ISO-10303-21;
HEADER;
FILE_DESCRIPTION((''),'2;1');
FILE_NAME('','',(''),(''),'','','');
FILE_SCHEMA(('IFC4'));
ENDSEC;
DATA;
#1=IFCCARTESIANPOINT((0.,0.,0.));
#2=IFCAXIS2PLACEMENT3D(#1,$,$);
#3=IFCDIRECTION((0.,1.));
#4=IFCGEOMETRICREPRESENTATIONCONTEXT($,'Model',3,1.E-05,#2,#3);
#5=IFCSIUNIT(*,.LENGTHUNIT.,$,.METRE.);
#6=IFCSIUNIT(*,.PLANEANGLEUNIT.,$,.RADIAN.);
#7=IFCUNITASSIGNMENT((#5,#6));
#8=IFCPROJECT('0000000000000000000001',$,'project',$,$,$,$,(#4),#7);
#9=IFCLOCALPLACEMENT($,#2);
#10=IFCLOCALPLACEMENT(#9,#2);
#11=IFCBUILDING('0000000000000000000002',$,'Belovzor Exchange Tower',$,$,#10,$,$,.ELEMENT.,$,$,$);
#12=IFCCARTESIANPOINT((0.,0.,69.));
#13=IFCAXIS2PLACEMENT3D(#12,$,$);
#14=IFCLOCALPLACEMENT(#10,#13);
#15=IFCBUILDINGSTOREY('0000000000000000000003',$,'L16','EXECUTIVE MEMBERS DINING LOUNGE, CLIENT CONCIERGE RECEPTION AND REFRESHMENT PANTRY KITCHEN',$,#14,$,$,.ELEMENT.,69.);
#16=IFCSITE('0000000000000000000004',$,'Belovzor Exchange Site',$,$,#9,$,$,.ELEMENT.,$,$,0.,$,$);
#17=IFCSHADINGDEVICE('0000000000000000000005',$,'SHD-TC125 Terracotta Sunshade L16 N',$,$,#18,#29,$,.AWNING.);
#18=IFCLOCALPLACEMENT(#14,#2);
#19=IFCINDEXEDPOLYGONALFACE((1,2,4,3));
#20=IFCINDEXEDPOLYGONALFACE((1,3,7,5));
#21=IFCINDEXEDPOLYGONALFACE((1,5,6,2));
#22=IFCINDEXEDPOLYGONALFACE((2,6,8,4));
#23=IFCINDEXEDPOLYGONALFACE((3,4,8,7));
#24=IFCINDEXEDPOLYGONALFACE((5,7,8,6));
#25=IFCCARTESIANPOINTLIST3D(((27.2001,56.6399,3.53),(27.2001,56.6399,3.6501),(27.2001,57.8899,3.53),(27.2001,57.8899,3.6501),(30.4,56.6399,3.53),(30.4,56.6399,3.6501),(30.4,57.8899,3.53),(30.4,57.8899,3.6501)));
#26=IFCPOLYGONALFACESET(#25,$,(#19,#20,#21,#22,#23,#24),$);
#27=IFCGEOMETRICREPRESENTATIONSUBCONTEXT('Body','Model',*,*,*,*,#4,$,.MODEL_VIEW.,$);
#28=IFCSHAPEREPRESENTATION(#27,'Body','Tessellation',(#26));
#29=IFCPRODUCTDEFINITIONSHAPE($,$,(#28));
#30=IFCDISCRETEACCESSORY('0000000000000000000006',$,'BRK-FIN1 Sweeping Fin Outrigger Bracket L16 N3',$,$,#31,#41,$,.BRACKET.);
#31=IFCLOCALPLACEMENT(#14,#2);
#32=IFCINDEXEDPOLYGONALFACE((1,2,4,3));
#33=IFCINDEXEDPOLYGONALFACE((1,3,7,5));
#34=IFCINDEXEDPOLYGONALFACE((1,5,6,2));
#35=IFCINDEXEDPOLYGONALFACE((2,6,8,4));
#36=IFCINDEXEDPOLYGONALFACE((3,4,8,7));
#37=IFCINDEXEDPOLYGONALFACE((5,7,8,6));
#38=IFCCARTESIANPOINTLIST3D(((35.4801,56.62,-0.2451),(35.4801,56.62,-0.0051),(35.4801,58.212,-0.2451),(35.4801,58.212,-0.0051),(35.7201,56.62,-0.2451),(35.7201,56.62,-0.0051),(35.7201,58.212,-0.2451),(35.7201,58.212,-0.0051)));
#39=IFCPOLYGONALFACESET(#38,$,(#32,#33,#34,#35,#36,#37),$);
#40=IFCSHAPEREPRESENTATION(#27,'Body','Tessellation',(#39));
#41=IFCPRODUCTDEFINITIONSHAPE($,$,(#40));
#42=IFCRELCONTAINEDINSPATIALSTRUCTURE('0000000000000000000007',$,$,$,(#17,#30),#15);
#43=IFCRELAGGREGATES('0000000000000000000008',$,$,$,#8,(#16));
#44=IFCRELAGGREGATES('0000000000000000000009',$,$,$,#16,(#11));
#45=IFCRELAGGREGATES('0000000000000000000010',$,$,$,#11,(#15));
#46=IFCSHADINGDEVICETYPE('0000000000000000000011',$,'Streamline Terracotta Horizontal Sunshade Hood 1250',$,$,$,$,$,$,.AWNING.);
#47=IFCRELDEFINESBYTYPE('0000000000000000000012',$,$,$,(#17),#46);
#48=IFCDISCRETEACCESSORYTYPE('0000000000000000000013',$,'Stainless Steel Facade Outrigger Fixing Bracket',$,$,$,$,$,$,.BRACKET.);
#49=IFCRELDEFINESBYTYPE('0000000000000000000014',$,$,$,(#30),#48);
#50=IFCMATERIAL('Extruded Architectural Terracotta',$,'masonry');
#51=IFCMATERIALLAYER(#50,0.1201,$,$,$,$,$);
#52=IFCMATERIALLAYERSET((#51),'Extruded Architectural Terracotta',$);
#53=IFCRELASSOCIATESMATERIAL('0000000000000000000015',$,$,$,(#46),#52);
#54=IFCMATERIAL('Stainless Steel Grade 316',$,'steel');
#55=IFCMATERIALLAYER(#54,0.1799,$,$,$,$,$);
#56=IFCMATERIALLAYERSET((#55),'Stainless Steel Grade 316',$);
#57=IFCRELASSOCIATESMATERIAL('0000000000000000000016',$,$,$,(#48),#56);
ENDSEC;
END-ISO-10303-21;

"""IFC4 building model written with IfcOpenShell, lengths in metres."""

from ifc_helpers import new_model, si_unit, direction, frame, origin, origin_2d, place, context, subcontext, project, spatial, rectangle, extrude, material, layer, layer_set, type_object, element, save


model = new_model("IFC4")

# Units and contexts
model_context = context("Model", 3, precision=1e-05, world=origin(), true_north=direction((0.0, 1.0)))
body_context = subcontext(model_context, "Body", "Model", "MODEL_VIEW")
ifc_project = project(units=[si_unit("LENGTHUNIT", "METRE"), si_unit("PLANEANGLEUNIT", "RADIAN")], contexts=[model_context])

# Site, building, storey
site_placement = place(None, origin())
site = spatial("IfcSite", under=ifc_project, at=site_placement, Name="Belovzor Exchange Site", CompositionType="ELEMENT", RefElevation=0.0)
building_placement = place(site_placement, origin())
building = spatial("IfcBuilding", under=site, at=building_placement, Name="Belovzor Exchange Tower", CompositionType="ELEMENT")
storey_placement = place(building_placement, frame((0.0, 0.0, 69.0)))
storey = spatial("IfcBuildingStorey", under=building, at=storey_placement, Name="L16", Description="EXECUTIVE MEMBERS DINING LOUNGE, CLIENT CONCIERGE RECEPTION AND REFRESHMENT PANTRY KITCHEN", CompositionType="ELEMENT", Elevation=69.0)

# Shading device
ifc_material_1 = material(Name="Extruded Architectural Terracotta", Category="masonry")
ifc_layer_1 = layer(ifc_material_1, 0.1201)
ifc_layer_set_1 = layer_set([ifc_layer_1], Name="Extruded Architectural Terracotta")
shading_device_type = type_object("IfcShadingDeviceType", Name="Streamline Terracotta Horizontal Sunshade Hood 1250", PredefinedType="AWNING", material=ifc_layer_set_1)
shading_device_placement = place(storey_placement, frame((28.8, 57.2649, 3.53), z_axis=(0.0, 0.0, 1.0), x_axis=(1.0, 0.0, 0.0)))
element("IfcShadingDevice", 1, at=shading_device_placement, inside=storey, type_object=shading_device_type, Name="SHD-TC125 Terracotta Sunshade L16 N", PredefinedType="AWNING", context=body_context, shape_type="SweptSolid", body=[
    extrude(rectangle(XDim=3.2, YDim=1.25, at=origin_2d()), origin(), (0.0, 0.0, 1.0), 0.1201),
])

# Discrete accessory
ifc_material_2 = material(Name="Stainless Steel Grade 316", Category="steel")
ifc_layer_2 = layer(ifc_material_2, 0.1799)
ifc_layer_set_2 = layer_set([ifc_layer_2], Name="Stainless Steel Grade 316")
discrete_accessory_type = type_object("IfcDiscreteAccessoryType", Name="Stainless Steel Facade Outrigger Fixing Bracket", PredefinedType="BRACKET", material=ifc_layer_set_2)
discrete_accessory_placement = place(storey_placement, frame((35.6001, 57.416, -0.2451), z_axis=(0.0, 0.0, 1.0), x_axis=(0.0, 1.0, 0.0)))
element("IfcDiscreteAccessory", 2, at=discrete_accessory_placement, inside=storey, type_object=discrete_accessory_type, Name="BRK-FIN1 Sweeping Fin Outrigger Bracket L16 N3", PredefinedType="BRACKET", context=body_context, shape_type="SweptSolid", body=[
    extrude(rectangle(XDim=1.592, YDim=0.24, at=origin_2d()), origin(), (0.0, 0.0, 1.0), 0.24),
])

save(model, "model.ifc")
